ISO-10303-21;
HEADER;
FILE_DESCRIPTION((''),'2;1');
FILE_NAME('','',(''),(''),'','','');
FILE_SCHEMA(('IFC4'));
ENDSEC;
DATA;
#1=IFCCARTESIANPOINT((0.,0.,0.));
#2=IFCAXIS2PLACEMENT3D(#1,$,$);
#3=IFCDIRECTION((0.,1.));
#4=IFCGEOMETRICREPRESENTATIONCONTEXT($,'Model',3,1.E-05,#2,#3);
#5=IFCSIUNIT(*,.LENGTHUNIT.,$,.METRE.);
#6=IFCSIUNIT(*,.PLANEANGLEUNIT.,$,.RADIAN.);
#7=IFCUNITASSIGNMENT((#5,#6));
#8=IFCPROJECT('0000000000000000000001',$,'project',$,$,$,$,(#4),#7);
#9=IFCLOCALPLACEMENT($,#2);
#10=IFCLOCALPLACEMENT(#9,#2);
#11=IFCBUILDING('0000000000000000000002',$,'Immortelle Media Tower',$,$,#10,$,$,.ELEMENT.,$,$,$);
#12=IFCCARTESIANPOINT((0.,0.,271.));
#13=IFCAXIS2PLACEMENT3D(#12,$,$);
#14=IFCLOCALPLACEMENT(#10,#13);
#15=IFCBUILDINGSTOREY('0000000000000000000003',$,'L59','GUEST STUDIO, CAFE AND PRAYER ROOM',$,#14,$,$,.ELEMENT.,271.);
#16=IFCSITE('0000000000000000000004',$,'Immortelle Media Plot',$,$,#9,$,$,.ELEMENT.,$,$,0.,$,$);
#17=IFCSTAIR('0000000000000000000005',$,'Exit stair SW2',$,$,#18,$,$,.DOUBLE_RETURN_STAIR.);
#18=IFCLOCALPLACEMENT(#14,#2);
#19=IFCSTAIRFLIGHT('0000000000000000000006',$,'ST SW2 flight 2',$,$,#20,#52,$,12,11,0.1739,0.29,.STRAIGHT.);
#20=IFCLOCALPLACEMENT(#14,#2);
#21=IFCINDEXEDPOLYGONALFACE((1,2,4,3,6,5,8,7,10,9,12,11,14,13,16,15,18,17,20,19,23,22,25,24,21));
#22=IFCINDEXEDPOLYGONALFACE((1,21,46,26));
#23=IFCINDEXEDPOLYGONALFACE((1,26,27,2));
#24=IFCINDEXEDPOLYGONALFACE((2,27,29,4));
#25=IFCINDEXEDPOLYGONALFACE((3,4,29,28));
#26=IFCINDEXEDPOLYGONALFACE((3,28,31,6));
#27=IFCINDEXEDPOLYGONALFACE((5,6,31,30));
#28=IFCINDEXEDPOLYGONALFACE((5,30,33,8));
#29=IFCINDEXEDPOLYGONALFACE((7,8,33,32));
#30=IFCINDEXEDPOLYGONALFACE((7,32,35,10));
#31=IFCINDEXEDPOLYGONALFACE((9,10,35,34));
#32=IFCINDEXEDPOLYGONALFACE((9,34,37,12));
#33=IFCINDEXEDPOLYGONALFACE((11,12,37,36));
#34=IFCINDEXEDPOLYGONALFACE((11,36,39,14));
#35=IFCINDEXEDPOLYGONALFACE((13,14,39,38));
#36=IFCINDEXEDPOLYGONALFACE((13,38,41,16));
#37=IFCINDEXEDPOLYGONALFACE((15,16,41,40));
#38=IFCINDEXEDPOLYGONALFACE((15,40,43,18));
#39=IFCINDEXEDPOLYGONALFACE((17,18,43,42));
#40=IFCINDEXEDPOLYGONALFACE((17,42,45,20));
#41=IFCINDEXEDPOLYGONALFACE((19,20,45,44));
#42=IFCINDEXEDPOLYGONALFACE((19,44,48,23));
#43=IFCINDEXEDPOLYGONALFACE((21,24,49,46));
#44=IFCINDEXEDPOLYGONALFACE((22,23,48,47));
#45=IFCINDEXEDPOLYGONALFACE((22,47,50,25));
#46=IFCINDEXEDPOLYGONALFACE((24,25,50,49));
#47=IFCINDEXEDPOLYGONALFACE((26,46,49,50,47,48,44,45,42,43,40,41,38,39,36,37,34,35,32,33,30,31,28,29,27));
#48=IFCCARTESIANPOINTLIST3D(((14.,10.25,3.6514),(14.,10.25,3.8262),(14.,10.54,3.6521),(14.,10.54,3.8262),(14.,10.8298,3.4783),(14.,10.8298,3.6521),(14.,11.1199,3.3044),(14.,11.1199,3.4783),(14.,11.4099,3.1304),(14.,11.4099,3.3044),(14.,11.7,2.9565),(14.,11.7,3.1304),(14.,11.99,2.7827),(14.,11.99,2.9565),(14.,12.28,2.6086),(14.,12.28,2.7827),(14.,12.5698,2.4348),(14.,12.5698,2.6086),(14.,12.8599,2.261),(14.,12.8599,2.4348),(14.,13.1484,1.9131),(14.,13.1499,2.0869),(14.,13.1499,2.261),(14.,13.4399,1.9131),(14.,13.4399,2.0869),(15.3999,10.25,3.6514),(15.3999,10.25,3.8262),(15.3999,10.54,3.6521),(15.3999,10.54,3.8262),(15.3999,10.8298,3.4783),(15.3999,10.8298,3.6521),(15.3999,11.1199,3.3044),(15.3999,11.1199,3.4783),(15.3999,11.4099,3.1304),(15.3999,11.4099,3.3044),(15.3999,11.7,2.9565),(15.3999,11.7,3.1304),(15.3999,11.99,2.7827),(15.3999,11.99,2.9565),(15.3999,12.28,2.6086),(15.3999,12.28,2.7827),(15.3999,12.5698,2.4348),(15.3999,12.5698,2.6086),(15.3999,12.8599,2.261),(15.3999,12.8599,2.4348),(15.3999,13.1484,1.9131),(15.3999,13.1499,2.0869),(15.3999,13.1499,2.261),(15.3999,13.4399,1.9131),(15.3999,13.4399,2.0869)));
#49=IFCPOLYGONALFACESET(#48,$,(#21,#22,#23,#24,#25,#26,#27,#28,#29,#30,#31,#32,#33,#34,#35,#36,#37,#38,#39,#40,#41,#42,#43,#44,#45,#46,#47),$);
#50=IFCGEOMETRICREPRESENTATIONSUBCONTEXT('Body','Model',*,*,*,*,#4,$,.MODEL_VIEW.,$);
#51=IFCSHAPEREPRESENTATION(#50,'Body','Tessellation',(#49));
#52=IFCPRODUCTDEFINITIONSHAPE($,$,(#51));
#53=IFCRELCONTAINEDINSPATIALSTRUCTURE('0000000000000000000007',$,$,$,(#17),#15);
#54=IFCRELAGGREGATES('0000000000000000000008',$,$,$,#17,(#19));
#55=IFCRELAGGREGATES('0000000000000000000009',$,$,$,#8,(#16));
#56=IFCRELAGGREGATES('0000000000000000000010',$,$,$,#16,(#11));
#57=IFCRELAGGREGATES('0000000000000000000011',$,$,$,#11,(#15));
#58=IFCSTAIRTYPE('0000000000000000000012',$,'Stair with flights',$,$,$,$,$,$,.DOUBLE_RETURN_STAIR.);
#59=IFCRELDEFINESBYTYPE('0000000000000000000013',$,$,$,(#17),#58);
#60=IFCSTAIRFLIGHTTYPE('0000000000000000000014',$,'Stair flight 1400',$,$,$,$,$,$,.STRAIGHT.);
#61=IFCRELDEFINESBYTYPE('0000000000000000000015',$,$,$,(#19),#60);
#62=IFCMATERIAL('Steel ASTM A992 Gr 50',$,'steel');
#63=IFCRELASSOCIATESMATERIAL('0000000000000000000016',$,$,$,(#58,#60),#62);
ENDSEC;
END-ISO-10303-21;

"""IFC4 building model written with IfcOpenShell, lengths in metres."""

from ifc_helpers import new_model, si_unit, direction, frame, origin, place, context, subcontext, project, spatial, polyline, outline, extrude, material, type_object, element, aggregate, save


model = new_model("IFC4")

# Units and contexts
model_context = context("Model", 3, precision=1e-05, world=origin(), true_north=direction((0.0, 1.0)))
body_context = subcontext(model_context, "Body", "Model", "MODEL_VIEW")
ifc_project = project(units=[si_unit("LENGTHUNIT", "METRE"), si_unit("PLANEANGLEUNIT", "RADIAN")], contexts=[model_context])

# Site, building, storey
site_placement = place(None, origin())
site = spatial("IfcSite", under=ifc_project, at=site_placement, Name="Immortelle Media Plot", CompositionType="ELEMENT", RefElevation=0.0)
building_placement = place(site_placement, origin())
building = spatial("IfcBuilding", under=site, at=building_placement, Name="Immortelle Media Tower", CompositionType="ELEMENT")
storey_placement = place(building_placement, frame((0.0, 0.0, 271.0)))
storey = spatial("IfcBuildingStorey", under=building, at=storey_placement, Name="L59", Description="GUEST STUDIO, CAFE AND PRAYER ROOM", CompositionType="ELEMENT", Elevation=271.0)

# Stair, stair flight
ifc_material_1 = material(Name="Steel ASTM A992 Gr 50", Category="steel")
stair_type = type_object("IfcStairType", Name="Stair with flights", PredefinedType="DOUBLE_RETURN_STAIR", material=ifc_material_1)
stair_flight_type = type_object("IfcStairFlightType", Name="Stair flight 1400", PredefinedType="STRAIGHT", material=ifc_material_1)
stair_1_placement = place(storey_placement, origin())
stair_1 = element("IfcStair", 1, at=stair_1_placement, inside=storey, type_object=stair_type, Name="Exit stair SW2", PredefinedType="DOUBLE_RETURN_STAIR")
stair_flight_1_placement = place(storey_placement, frame((14.7, 13.4399, 1.9131), z_axis=(0.0, 0.0, 1.0), x_axis=(0.0, -1.0, 0.0)))
stair_flight_1 = element("IfcStairFlight", 2, at=stair_flight_1_placement, type_object=stair_flight_type, Name="ST SW2 flight 2", NumberOfRisers=12, NumberOfTreads=11, PredefinedType="STRAIGHT", RiserHeight=0.1739, TreadLength=0.29, context=body_context, shape_type="SweptSolid", body=[
    extrude(outline(polyline([(0.0, 0.0), (0.0, 0.1738), (0.29, 0.1738), (0.29, 0.3479), (0.5801, 0.3479), (0.5801, 0.5217), (0.8701, 0.5217), (0.8701, 0.6956), (1.1599, 0.6956), (1.1599, 0.8696), (1.45, 0.8696), (1.45, 1.0435), (1.74, 1.0435), (1.74, 1.2173), (2.03, 1.2173), (2.03, 1.3914), (2.3201, 1.3914), (2.3201, 1.5652), (2.6101, 1.5652), (2.6101, 1.739), (2.8999, 1.739), (2.8999, 1.9131), (3.1899, 1.9131), (3.1899, 2.0869), (3.1899, 1.7383), (0.2915, 0.0), (0.0, 0.0)])), frame((0.0, 0.7, 0.0), z_axis=(0.0, -1.0, 0.0), x_axis=(1.0, 0.0, 0.0)), (0.0, 0.0, 1.0), 1.3999),
])
aggregate(stair_1, [stair_flight_1])

save(model, "model.ifc")
